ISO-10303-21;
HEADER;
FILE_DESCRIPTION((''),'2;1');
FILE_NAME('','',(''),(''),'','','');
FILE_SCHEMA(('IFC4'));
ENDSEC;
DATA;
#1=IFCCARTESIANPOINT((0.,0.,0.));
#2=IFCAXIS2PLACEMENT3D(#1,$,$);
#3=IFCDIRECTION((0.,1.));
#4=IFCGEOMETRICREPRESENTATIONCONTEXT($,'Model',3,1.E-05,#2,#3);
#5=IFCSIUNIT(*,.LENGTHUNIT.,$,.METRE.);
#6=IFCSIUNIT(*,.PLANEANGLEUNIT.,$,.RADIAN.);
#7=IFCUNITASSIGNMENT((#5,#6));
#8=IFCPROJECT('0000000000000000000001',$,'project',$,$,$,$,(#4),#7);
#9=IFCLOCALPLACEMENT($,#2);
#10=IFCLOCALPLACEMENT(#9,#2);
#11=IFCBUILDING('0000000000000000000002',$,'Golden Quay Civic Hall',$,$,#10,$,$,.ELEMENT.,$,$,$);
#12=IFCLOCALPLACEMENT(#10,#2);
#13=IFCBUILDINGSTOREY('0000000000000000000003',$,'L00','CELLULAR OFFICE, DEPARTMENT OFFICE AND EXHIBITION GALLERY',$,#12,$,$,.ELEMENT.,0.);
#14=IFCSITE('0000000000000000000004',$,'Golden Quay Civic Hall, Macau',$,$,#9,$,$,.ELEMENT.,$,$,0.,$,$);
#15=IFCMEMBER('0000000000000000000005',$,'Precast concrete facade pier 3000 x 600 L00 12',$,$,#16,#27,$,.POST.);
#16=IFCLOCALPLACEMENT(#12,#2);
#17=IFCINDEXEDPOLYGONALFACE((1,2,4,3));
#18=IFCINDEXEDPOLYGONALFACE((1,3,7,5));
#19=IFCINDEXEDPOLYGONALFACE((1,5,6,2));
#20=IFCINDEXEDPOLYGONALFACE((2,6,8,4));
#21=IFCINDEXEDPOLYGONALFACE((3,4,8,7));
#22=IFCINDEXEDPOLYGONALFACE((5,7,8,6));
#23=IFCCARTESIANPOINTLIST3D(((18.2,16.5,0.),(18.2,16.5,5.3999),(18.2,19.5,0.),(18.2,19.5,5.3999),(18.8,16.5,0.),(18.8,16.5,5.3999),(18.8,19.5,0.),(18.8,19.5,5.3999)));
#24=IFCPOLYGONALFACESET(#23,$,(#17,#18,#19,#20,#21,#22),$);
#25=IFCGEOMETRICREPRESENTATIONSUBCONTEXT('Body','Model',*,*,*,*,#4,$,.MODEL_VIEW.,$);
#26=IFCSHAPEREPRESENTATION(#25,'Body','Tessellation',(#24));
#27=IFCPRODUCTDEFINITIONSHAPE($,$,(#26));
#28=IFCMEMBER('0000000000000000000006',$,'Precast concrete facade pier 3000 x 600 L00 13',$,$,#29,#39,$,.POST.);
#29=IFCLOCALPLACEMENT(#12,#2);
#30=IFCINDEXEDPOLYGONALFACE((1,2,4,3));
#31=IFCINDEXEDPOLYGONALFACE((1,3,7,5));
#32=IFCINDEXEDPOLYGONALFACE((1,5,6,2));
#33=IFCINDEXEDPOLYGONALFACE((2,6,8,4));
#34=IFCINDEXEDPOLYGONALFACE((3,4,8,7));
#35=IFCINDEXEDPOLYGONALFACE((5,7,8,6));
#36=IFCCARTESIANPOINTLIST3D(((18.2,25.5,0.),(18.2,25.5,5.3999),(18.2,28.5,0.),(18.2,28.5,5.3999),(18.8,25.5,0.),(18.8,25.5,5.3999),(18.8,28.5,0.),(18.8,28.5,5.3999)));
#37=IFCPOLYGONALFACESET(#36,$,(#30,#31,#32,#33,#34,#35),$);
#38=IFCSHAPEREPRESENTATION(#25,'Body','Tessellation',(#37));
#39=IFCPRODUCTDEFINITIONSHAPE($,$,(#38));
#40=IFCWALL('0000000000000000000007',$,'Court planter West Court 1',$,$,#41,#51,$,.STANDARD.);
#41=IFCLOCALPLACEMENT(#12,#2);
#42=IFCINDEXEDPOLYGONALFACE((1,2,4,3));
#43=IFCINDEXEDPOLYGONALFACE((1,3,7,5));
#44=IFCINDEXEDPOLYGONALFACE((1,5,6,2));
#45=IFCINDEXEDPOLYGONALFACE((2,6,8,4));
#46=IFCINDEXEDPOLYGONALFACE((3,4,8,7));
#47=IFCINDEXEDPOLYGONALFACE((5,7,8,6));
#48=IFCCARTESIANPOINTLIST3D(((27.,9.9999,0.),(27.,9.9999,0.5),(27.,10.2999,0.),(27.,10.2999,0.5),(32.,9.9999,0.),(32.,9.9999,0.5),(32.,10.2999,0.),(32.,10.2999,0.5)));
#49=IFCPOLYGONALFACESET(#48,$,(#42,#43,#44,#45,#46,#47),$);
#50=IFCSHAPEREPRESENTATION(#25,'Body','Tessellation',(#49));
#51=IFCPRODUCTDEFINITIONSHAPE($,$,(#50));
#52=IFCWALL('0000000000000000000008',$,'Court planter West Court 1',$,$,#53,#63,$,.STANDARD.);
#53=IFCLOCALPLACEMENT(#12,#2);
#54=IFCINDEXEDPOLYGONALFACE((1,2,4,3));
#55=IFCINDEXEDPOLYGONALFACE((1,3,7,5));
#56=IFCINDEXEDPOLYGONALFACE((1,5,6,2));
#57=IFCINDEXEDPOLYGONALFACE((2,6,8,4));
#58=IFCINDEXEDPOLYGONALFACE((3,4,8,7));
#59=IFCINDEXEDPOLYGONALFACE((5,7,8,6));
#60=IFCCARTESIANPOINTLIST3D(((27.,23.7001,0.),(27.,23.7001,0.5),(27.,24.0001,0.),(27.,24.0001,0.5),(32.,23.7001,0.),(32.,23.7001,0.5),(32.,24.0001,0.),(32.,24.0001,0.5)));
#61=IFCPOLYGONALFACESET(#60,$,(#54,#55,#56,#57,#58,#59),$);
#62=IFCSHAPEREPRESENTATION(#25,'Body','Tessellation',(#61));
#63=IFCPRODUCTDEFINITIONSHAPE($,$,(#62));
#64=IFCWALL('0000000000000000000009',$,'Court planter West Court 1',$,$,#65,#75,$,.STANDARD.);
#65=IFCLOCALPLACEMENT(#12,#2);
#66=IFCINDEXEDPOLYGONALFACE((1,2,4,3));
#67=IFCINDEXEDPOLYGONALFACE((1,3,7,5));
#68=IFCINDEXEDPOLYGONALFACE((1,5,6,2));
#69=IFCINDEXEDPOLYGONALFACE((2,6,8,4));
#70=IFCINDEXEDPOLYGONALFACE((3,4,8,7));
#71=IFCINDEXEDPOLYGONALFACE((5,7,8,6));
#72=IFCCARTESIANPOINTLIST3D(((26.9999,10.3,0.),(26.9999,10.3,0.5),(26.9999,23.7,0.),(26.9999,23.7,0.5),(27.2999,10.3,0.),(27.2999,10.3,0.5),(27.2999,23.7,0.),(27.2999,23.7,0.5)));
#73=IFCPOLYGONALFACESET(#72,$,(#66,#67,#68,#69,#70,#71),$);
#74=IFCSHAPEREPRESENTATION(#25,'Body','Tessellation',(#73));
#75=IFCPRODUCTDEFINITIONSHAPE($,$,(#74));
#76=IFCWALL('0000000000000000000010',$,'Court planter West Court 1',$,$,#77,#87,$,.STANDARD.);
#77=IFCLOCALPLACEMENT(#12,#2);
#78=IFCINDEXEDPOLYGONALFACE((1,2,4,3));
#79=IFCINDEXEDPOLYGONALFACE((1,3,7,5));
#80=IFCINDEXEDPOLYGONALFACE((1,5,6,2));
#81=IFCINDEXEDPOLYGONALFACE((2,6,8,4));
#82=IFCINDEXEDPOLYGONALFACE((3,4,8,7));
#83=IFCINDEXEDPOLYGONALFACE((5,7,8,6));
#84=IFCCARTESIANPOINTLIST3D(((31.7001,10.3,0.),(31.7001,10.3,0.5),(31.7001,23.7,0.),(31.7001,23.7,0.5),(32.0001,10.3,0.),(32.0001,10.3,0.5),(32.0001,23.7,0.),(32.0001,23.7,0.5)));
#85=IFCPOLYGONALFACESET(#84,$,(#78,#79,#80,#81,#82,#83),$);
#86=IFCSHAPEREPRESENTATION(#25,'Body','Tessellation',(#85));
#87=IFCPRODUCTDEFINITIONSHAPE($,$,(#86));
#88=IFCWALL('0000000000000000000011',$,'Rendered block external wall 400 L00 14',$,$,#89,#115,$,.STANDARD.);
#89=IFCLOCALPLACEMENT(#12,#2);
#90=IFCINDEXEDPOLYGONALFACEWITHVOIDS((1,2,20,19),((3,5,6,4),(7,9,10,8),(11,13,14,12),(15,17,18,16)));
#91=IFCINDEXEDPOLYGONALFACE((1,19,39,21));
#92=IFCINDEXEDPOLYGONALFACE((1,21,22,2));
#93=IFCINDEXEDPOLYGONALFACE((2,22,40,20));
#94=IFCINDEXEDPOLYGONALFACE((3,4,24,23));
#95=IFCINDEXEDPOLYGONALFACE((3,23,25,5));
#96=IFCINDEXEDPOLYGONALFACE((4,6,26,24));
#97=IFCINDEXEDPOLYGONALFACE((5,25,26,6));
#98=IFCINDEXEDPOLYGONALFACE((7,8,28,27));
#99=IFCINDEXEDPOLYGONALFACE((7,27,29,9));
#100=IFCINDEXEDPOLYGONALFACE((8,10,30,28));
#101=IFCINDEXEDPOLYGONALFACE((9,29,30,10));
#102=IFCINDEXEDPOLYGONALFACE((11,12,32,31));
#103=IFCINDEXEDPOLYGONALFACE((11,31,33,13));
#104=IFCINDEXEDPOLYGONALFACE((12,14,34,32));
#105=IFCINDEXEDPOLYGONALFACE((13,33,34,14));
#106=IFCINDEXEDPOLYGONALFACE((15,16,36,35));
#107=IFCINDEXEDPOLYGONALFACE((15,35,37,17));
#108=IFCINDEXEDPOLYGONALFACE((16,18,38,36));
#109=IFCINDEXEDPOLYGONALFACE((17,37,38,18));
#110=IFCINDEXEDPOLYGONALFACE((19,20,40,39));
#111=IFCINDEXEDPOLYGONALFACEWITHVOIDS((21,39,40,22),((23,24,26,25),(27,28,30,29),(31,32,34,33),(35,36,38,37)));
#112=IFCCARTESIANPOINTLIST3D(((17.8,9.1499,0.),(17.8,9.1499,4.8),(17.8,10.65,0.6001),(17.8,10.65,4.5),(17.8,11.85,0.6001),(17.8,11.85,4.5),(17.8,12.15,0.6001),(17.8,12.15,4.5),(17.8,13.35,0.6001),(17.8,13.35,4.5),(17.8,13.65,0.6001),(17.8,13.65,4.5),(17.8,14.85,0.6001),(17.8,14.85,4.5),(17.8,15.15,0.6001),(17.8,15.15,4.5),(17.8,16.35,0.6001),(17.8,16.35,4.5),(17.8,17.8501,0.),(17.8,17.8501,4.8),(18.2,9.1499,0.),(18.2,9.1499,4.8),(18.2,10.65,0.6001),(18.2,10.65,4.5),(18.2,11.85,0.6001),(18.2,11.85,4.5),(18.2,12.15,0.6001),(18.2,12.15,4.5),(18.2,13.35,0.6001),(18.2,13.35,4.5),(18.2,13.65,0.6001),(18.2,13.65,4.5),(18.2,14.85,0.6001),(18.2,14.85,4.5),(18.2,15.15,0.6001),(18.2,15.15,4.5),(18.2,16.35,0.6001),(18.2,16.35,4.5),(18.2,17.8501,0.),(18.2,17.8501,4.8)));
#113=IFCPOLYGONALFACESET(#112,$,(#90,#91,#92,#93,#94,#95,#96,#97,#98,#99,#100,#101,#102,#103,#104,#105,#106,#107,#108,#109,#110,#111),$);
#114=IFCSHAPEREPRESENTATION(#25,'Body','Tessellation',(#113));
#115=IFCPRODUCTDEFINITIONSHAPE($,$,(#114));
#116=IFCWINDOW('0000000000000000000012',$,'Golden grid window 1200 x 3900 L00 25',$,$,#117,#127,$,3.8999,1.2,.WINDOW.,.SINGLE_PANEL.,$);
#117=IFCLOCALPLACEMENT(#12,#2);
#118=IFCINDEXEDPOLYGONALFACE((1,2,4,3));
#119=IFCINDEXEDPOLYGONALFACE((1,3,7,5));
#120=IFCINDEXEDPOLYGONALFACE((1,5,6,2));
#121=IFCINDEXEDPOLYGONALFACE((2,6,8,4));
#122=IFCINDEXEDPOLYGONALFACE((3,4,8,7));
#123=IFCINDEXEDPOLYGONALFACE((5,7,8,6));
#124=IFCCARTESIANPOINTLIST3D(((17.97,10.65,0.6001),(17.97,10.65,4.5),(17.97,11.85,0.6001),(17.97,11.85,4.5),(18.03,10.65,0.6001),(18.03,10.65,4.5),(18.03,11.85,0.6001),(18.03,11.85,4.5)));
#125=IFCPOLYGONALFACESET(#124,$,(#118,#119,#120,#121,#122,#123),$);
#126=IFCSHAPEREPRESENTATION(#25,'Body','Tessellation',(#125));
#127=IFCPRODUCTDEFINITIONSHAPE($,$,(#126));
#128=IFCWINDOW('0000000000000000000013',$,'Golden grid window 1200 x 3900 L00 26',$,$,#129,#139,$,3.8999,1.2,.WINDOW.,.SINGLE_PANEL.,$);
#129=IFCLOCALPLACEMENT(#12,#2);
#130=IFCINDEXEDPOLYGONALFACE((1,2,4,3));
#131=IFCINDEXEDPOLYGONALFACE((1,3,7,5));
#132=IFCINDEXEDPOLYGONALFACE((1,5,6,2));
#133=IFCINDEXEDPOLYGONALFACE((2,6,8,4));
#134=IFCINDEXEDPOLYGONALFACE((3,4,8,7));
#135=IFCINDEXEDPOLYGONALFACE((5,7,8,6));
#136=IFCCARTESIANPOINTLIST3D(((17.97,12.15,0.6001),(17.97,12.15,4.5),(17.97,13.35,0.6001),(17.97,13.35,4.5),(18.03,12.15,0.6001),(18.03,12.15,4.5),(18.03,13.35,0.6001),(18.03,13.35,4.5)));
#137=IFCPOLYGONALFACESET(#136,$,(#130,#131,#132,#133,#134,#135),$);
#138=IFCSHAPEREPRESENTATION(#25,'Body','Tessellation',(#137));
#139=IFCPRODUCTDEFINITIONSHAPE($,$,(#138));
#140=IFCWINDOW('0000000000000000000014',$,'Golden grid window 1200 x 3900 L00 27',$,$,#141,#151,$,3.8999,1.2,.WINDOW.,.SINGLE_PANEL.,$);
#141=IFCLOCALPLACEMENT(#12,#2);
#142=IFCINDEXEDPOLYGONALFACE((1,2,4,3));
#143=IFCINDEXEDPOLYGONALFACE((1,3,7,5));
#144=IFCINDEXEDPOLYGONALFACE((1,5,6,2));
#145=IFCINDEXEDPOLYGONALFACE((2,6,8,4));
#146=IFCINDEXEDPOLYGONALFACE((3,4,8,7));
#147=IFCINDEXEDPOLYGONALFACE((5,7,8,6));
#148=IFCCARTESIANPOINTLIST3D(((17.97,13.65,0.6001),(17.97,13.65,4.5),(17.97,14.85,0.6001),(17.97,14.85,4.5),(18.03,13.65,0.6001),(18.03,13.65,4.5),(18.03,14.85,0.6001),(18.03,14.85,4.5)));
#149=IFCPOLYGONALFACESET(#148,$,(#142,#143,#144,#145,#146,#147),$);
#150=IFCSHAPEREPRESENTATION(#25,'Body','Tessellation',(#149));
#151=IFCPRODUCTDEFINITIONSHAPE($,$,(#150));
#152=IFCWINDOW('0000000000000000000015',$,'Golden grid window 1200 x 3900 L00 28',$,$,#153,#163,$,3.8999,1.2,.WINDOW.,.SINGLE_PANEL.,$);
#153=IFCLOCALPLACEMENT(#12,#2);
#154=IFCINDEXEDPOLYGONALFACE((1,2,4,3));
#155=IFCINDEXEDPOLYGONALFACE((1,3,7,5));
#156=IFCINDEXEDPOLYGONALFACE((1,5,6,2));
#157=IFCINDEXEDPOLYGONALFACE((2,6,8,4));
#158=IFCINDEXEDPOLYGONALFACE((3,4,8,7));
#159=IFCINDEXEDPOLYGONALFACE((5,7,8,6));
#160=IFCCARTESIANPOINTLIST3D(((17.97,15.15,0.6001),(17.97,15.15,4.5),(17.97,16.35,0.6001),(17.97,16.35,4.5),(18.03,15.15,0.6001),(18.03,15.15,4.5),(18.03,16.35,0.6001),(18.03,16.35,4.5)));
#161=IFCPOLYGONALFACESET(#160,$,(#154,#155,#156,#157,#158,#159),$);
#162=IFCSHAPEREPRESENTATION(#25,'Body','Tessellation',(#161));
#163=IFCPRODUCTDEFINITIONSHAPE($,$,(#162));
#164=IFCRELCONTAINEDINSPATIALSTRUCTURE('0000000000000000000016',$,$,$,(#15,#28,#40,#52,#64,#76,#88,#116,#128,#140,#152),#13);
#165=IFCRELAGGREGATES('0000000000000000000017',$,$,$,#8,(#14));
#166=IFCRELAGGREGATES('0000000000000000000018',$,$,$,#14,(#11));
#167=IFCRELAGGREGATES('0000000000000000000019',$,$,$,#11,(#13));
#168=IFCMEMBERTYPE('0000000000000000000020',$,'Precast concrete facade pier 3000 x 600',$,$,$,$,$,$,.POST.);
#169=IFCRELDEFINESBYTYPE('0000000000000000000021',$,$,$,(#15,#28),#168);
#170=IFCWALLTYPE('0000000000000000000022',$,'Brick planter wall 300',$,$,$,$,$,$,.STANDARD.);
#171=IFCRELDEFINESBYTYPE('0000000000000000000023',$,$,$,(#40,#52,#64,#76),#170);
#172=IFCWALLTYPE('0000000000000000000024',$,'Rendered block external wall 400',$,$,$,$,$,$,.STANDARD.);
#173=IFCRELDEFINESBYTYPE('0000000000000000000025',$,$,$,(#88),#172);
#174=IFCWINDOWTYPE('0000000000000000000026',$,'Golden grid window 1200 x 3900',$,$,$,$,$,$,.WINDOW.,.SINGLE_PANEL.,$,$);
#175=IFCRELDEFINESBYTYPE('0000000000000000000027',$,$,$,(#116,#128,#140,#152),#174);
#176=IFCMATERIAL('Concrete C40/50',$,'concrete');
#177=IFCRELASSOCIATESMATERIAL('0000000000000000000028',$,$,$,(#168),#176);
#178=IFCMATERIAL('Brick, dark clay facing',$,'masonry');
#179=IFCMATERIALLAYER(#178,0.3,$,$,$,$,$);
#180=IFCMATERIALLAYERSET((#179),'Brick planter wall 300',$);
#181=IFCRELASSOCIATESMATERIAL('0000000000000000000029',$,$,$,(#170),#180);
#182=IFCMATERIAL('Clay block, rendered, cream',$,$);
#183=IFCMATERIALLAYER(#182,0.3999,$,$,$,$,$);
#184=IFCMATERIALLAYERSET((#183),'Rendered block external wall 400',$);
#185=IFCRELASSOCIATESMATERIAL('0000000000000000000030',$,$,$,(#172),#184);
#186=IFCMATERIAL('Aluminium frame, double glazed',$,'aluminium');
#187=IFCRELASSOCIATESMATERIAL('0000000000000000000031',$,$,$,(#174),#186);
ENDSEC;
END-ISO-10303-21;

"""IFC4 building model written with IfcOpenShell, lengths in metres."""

from ifc_helpers import new_model, si_unit, direction, frame, frame_2d, origin, origin_2d, place, context, subcontext, project, spatial, rectangle, extrude, material, layer, layer_set, material_profile, profile_set, type_object, element, fill, save


model = new_model("IFC4")

# Units and contexts
model_context = context("Model", 3, precision=1e-05, world=origin(), true_north=direction((0.0, 1.0)))
body_context = subcontext(model_context, "Body", "Model", "MODEL_VIEW")
ifc_project = project(units=[si_unit("LENGTHUNIT", "METRE"), si_unit("PLANEANGLEUNIT", "RADIAN")], contexts=[model_context])

# Site, building, storey
site_placement = place(None, origin())
site = spatial("IfcSite", under=ifc_project, at=site_placement, Name="Golden Quay Civic Hall, Macau", CompositionType="ELEMENT", RefElevation=0.0)
building_placement = place(site_placement, origin())
building = spatial("IfcBuilding", under=site, at=building_placement, Name="Golden Quay Civic Hall", CompositionType="ELEMENT")
storey_placement = place(building_placement, origin())
storey = spatial("IfcBuildingStorey", under=building, at=storey_placement, Name="L00", Description="CELLULAR OFFICE, DEPARTMENT OFFICE AND EXHIBITION GALLERY", CompositionType="ELEMENT", Elevation=0.0)

# Members
ifc_material_1 = material(Name="Concrete C40/50", Category="concrete")
ifc_material_profile_1 = material_profile(ifc_material_1, rectangle(XDim=3.0, YDim=0.6001, at=origin_2d()), Name="RC 3000x600")
ifc_profile_set_1 = profile_set([ifc_material_profile_1], Name="Concrete C40/50")
member_type = type_object("IfcMemberType", Name="Precast concrete facade pier 3000 x 600", PredefinedType="POST", material=ifc_profile_set_1)
for number, where, z_axis, x_axis, name in (
    (1, (18.5, 18.0, 0.0), (0.0, 0.0, 1.0), (0.0, 1.0, 0.0), "Precast concrete facade pier 3000 x 600 L00 12"),
    (2, (18.5, 27.0, 0.0), (0.0, 0.0, 1.0), (0.0, 1.0, 0.0), "Precast concrete facade pier 3000 x 600 L00 13"),
):
    element("IfcMember", number, at=place(storey_placement, frame(where, z_axis=z_axis, x_axis=x_axis)), inside=storey, type_object=member_type, Name=name, PredefinedType="POST", context=body_context, shape_type="SweptSolid", body=[
        extrude(rectangle(XDim=3.0, YDim=0.6001, at=origin_2d()), origin(), (0.0, 0.0, 1.0), 5.3999),
    ])

# Walls
ifc_material_2 = material(Name="Brick, dark clay facing", Category="masonry")
ifc_layer_1 = layer(ifc_material_2, 0.3)
ifc_layer_set_1 = layer_set([ifc_layer_1], Name="Brick planter wall 300")
wall_type_1 = type_object("IfcWallType", Name="Brick planter wall 300", PredefinedType="STANDARD", material=ifc_layer_set_1)
for number, where, z_axis, x_axis, name in (
    (3, (27.0, 10.1499, 0.0), (0.0, 0.0, 1.0), (1.0, 0.0, 0.0), "Court planter West Court 1"),
    (4, (27.0, 23.8501, 0.0), (0.0, 0.0, 1.0), (1.0, 0.0, 0.0), "Court planter West Court 1"),
):
    element("IfcWall", number, at=place(storey_placement, frame(where, z_axis=z_axis, x_axis=x_axis)), inside=storey, type_object=wall_type_1, Name=name, PredefinedType="STANDARD", context=body_context, shape_type="SweptSolid", body=[
        extrude(rectangle(XDim=5.0, YDim=0.3, at=frame_2d((2.5, 0.0))), origin(), (0.0, 0.0, 1.0), 0.5),
    ])
for number, where, z_axis, x_axis, name in (
    (5, (27.1499, 10.3, 0.0), (0.0, 0.0, 1.0), (0.0, 1.0, 0.0), "Court planter West Court 1"),
    (6, (31.8501, 10.3, 0.0), (0.0, 0.0, 1.0), (0.0, 1.0, 0.0), "Court planter West Court 1"),
):
    element("IfcWall", number, at=place(storey_placement, frame(where, z_axis=z_axis, x_axis=x_axis)), inside=storey, type_object=wall_type_1, Name=name, PredefinedType="STANDARD", context=body_context, shape_type="SweptSolid", body=[
        extrude(rectangle(XDim=13.3999, YDim=0.3, at=frame_2d((6.7, 0.0))), origin(), (0.0, 0.0, 1.0), 0.5),
    ])

# Wall, openings, windows
ifc_material_3 = material(Name="Clay block, rendered, cream")
ifc_layer_2 = layer(ifc_material_3, 0.3999)
ifc_layer_set_2 = layer_set([ifc_layer_2], Name="Rendered block external wall 400")
wall_type_2 = type_object("IfcWallType", Name="Rendered block external wall 400", PredefinedType="STANDARD", material=ifc_layer_set_2)
wall_1_placement = place(storey_placement, frame((18.0, 17.8501, 0.0), z_axis=(0.0, 0.0, 1.0), x_axis=(0.0, -1.0, 0.0)))
wall_1 = element("IfcWall", 7, at=wall_1_placement, inside=storey, type_object=wall_type_2, Name="Rendered block external wall 400 L00 14", PredefinedType="STANDARD", context=body_context, shape_type="SweptSolid", body=[
    extrude(rectangle(XDim=8.7002, YDim=0.3999, at=frame_2d((4.3501, 0.0))), origin(), (0.0, 0.0, 1.0), 4.8),
])
opening_1_placement = place(wall_1_placement, frame((6.0, 0.0, 0.6001)))
opening_1 = element("IfcOpeningElement", 8, at=opening_1_placement, cuts=wall_1, PredefinedType="OPENING", context=body_context, shape_type="SweptSolid", body=[
    extrude(rectangle(XDim=1.2, YDim=3.8999, at=frame_2d((0.6001, 1.95))), frame((0.0, 0.21, 0.0), z_axis=(0.0, -1.0, 0.0), x_axis=(1.0, 0.0, 0.0)), (0.0, 0.0, 1.0), 0.4199),
])
opening_2_placement = place(wall_1_placement, frame((4.5, 0.0, 0.6001)))
opening_2 = element("IfcOpeningElement", 9, at=opening_2_placement, cuts=wall_1, PredefinedType="OPENING", context=body_context, shape_type="SweptSolid", body=[
    extrude(rectangle(XDim=1.2, YDim=3.8999, at=frame_2d((0.6001, 1.95))), frame((0.0, 0.21, 0.0), z_axis=(0.0, -1.0, 0.0), x_axis=(1.0, 0.0, 0.0)), (0.0, 0.0, 1.0), 0.4199),
])
opening_3_placement = place(wall_1_placement, frame((3.0, 0.0, 0.6001)))
opening_3 = element("IfcOpeningElement", 10, at=opening_3_placement, cuts=wall_1, PredefinedType="OPENING", context=body_context, shape_type="SweptSolid", body=[
    extrude(rectangle(XDim=1.2, YDim=3.8999, at=frame_2d((0.6001, 1.95))), frame((0.0, 0.21, 0.0), z_axis=(0.0, -1.0, 0.0), x_axis=(1.0, 0.0, 0.0)), (0.0, 0.0, 1.0), 0.4199),
])
opening_4_placement = place(wall_1_placement, frame((1.5, 0.0, 0.6001)))
opening_4 = element("IfcOpeningElement", 11, at=opening_4_placement, cuts=wall_1, PredefinedType="OPENING", context=body_context, shape_type="SweptSolid", body=[
    extrude(rectangle(XDim=1.2, YDim=3.8999, at=frame_2d((0.6001, 1.95))), frame((0.0, 0.21, 0.0), z_axis=(0.0, -1.0, 0.0), x_axis=(1.0, 0.0, 0.0)), (0.0, 0.0, 1.0), 0.4199),
])
ifc_material_4 = material(Name="Aluminium frame, double glazed", Category="aluminium")
window_type = type_object("IfcWindowType", Name="Golden grid window 1200 x 3900", PartitioningType="SINGLE_PANEL", PredefinedType="WINDOW", material=ifc_material_4)
window_1_placement = place(opening_1_placement, origin())
window_1 = element("IfcWindow", 12, at=window_1_placement, inside=storey, type_object=window_type, Name="Golden grid window 1200 x 3900 L00 25", OverallHeight=3.8999, OverallWidth=1.2, PartitioningType="SINGLE_PANEL", PredefinedType="WINDOW", context=body_context, shape_type="SweptSolid", body=[
    extrude(rectangle(XDim=1.2, YDim=3.8999, at=frame_2d((0.6001, 1.95))), frame((0.0, 0.03, 0.0), z_axis=(0.0, -1.0, 0.0), x_axis=(1.0, 0.0, 0.0)), (0.0, 0.0, 1.0), 0.0601),
])
fill(opening_1, window_1)
window_2_placement = place(opening_2_placement, origin())
window_2 = element("IfcWindow", 13, at=window_2_placement, inside=storey, type_object=window_type, Name="Golden grid window 1200 x 3900 L00 26", OverallHeight=3.8999, OverallWidth=1.2, PartitioningType="SINGLE_PANEL", PredefinedType="WINDOW", context=body_context, shape_type="SweptSolid", body=[
    extrude(rectangle(XDim=1.2, YDim=3.8999, at=frame_2d((0.6001, 1.95))), frame((0.0, 0.03, 0.0), z_axis=(0.0, -1.0, 0.0), x_axis=(1.0, 0.0, 0.0)), (0.0, 0.0, 1.0), 0.0601),
])
fill(opening_2, window_2)
window_3_placement = place(opening_3_placement, origin())
window_3 = element("IfcWindow", 14, at=window_3_placement, inside=storey, type_object=window_type, Name="Golden grid window 1200 x 3900 L00 27", OverallHeight=3.8999, OverallWidth=1.2, PartitioningType="SINGLE_PANEL", PredefinedType="WINDOW", context=body_context, shape_type="SweptSolid", body=[
    extrude(rectangle(XDim=1.2, YDim=3.8999, at=frame_2d((0.6001, 1.95))), frame((0.0, 0.03, 0.0), z_axis=(0.0, -1.0, 0.0), x_axis=(1.0, 0.0, 0.0)), (0.0, 0.0, 1.0), 0.0601),
])
fill(opening_3, window_3)
window_4_placement = place(opening_4_placement, origin())
window_4 = element("IfcWindow", 15, at=window_4_placement, inside=storey, type_object=window_type, Name="Golden grid window 1200 x 3900 L00 28", OverallHeight=3.8999, OverallWidth=1.2, PartitioningType="SINGLE_PANEL", PredefinedType="WINDOW", context=body_context, shape_type="SweptSolid", body=[
    extrude(rectangle(XDim=1.2, YDim=3.8999, at=frame_2d((0.6001, 1.95))), frame((0.0, 0.03, 0.0), z_axis=(0.0, -1.0, 0.0), x_axis=(1.0, 0.0, 0.0)), (0.0, 0.0, 1.0), 0.0601),
])
fill(opening_4, window_4)

save(model, "model.ifc")
